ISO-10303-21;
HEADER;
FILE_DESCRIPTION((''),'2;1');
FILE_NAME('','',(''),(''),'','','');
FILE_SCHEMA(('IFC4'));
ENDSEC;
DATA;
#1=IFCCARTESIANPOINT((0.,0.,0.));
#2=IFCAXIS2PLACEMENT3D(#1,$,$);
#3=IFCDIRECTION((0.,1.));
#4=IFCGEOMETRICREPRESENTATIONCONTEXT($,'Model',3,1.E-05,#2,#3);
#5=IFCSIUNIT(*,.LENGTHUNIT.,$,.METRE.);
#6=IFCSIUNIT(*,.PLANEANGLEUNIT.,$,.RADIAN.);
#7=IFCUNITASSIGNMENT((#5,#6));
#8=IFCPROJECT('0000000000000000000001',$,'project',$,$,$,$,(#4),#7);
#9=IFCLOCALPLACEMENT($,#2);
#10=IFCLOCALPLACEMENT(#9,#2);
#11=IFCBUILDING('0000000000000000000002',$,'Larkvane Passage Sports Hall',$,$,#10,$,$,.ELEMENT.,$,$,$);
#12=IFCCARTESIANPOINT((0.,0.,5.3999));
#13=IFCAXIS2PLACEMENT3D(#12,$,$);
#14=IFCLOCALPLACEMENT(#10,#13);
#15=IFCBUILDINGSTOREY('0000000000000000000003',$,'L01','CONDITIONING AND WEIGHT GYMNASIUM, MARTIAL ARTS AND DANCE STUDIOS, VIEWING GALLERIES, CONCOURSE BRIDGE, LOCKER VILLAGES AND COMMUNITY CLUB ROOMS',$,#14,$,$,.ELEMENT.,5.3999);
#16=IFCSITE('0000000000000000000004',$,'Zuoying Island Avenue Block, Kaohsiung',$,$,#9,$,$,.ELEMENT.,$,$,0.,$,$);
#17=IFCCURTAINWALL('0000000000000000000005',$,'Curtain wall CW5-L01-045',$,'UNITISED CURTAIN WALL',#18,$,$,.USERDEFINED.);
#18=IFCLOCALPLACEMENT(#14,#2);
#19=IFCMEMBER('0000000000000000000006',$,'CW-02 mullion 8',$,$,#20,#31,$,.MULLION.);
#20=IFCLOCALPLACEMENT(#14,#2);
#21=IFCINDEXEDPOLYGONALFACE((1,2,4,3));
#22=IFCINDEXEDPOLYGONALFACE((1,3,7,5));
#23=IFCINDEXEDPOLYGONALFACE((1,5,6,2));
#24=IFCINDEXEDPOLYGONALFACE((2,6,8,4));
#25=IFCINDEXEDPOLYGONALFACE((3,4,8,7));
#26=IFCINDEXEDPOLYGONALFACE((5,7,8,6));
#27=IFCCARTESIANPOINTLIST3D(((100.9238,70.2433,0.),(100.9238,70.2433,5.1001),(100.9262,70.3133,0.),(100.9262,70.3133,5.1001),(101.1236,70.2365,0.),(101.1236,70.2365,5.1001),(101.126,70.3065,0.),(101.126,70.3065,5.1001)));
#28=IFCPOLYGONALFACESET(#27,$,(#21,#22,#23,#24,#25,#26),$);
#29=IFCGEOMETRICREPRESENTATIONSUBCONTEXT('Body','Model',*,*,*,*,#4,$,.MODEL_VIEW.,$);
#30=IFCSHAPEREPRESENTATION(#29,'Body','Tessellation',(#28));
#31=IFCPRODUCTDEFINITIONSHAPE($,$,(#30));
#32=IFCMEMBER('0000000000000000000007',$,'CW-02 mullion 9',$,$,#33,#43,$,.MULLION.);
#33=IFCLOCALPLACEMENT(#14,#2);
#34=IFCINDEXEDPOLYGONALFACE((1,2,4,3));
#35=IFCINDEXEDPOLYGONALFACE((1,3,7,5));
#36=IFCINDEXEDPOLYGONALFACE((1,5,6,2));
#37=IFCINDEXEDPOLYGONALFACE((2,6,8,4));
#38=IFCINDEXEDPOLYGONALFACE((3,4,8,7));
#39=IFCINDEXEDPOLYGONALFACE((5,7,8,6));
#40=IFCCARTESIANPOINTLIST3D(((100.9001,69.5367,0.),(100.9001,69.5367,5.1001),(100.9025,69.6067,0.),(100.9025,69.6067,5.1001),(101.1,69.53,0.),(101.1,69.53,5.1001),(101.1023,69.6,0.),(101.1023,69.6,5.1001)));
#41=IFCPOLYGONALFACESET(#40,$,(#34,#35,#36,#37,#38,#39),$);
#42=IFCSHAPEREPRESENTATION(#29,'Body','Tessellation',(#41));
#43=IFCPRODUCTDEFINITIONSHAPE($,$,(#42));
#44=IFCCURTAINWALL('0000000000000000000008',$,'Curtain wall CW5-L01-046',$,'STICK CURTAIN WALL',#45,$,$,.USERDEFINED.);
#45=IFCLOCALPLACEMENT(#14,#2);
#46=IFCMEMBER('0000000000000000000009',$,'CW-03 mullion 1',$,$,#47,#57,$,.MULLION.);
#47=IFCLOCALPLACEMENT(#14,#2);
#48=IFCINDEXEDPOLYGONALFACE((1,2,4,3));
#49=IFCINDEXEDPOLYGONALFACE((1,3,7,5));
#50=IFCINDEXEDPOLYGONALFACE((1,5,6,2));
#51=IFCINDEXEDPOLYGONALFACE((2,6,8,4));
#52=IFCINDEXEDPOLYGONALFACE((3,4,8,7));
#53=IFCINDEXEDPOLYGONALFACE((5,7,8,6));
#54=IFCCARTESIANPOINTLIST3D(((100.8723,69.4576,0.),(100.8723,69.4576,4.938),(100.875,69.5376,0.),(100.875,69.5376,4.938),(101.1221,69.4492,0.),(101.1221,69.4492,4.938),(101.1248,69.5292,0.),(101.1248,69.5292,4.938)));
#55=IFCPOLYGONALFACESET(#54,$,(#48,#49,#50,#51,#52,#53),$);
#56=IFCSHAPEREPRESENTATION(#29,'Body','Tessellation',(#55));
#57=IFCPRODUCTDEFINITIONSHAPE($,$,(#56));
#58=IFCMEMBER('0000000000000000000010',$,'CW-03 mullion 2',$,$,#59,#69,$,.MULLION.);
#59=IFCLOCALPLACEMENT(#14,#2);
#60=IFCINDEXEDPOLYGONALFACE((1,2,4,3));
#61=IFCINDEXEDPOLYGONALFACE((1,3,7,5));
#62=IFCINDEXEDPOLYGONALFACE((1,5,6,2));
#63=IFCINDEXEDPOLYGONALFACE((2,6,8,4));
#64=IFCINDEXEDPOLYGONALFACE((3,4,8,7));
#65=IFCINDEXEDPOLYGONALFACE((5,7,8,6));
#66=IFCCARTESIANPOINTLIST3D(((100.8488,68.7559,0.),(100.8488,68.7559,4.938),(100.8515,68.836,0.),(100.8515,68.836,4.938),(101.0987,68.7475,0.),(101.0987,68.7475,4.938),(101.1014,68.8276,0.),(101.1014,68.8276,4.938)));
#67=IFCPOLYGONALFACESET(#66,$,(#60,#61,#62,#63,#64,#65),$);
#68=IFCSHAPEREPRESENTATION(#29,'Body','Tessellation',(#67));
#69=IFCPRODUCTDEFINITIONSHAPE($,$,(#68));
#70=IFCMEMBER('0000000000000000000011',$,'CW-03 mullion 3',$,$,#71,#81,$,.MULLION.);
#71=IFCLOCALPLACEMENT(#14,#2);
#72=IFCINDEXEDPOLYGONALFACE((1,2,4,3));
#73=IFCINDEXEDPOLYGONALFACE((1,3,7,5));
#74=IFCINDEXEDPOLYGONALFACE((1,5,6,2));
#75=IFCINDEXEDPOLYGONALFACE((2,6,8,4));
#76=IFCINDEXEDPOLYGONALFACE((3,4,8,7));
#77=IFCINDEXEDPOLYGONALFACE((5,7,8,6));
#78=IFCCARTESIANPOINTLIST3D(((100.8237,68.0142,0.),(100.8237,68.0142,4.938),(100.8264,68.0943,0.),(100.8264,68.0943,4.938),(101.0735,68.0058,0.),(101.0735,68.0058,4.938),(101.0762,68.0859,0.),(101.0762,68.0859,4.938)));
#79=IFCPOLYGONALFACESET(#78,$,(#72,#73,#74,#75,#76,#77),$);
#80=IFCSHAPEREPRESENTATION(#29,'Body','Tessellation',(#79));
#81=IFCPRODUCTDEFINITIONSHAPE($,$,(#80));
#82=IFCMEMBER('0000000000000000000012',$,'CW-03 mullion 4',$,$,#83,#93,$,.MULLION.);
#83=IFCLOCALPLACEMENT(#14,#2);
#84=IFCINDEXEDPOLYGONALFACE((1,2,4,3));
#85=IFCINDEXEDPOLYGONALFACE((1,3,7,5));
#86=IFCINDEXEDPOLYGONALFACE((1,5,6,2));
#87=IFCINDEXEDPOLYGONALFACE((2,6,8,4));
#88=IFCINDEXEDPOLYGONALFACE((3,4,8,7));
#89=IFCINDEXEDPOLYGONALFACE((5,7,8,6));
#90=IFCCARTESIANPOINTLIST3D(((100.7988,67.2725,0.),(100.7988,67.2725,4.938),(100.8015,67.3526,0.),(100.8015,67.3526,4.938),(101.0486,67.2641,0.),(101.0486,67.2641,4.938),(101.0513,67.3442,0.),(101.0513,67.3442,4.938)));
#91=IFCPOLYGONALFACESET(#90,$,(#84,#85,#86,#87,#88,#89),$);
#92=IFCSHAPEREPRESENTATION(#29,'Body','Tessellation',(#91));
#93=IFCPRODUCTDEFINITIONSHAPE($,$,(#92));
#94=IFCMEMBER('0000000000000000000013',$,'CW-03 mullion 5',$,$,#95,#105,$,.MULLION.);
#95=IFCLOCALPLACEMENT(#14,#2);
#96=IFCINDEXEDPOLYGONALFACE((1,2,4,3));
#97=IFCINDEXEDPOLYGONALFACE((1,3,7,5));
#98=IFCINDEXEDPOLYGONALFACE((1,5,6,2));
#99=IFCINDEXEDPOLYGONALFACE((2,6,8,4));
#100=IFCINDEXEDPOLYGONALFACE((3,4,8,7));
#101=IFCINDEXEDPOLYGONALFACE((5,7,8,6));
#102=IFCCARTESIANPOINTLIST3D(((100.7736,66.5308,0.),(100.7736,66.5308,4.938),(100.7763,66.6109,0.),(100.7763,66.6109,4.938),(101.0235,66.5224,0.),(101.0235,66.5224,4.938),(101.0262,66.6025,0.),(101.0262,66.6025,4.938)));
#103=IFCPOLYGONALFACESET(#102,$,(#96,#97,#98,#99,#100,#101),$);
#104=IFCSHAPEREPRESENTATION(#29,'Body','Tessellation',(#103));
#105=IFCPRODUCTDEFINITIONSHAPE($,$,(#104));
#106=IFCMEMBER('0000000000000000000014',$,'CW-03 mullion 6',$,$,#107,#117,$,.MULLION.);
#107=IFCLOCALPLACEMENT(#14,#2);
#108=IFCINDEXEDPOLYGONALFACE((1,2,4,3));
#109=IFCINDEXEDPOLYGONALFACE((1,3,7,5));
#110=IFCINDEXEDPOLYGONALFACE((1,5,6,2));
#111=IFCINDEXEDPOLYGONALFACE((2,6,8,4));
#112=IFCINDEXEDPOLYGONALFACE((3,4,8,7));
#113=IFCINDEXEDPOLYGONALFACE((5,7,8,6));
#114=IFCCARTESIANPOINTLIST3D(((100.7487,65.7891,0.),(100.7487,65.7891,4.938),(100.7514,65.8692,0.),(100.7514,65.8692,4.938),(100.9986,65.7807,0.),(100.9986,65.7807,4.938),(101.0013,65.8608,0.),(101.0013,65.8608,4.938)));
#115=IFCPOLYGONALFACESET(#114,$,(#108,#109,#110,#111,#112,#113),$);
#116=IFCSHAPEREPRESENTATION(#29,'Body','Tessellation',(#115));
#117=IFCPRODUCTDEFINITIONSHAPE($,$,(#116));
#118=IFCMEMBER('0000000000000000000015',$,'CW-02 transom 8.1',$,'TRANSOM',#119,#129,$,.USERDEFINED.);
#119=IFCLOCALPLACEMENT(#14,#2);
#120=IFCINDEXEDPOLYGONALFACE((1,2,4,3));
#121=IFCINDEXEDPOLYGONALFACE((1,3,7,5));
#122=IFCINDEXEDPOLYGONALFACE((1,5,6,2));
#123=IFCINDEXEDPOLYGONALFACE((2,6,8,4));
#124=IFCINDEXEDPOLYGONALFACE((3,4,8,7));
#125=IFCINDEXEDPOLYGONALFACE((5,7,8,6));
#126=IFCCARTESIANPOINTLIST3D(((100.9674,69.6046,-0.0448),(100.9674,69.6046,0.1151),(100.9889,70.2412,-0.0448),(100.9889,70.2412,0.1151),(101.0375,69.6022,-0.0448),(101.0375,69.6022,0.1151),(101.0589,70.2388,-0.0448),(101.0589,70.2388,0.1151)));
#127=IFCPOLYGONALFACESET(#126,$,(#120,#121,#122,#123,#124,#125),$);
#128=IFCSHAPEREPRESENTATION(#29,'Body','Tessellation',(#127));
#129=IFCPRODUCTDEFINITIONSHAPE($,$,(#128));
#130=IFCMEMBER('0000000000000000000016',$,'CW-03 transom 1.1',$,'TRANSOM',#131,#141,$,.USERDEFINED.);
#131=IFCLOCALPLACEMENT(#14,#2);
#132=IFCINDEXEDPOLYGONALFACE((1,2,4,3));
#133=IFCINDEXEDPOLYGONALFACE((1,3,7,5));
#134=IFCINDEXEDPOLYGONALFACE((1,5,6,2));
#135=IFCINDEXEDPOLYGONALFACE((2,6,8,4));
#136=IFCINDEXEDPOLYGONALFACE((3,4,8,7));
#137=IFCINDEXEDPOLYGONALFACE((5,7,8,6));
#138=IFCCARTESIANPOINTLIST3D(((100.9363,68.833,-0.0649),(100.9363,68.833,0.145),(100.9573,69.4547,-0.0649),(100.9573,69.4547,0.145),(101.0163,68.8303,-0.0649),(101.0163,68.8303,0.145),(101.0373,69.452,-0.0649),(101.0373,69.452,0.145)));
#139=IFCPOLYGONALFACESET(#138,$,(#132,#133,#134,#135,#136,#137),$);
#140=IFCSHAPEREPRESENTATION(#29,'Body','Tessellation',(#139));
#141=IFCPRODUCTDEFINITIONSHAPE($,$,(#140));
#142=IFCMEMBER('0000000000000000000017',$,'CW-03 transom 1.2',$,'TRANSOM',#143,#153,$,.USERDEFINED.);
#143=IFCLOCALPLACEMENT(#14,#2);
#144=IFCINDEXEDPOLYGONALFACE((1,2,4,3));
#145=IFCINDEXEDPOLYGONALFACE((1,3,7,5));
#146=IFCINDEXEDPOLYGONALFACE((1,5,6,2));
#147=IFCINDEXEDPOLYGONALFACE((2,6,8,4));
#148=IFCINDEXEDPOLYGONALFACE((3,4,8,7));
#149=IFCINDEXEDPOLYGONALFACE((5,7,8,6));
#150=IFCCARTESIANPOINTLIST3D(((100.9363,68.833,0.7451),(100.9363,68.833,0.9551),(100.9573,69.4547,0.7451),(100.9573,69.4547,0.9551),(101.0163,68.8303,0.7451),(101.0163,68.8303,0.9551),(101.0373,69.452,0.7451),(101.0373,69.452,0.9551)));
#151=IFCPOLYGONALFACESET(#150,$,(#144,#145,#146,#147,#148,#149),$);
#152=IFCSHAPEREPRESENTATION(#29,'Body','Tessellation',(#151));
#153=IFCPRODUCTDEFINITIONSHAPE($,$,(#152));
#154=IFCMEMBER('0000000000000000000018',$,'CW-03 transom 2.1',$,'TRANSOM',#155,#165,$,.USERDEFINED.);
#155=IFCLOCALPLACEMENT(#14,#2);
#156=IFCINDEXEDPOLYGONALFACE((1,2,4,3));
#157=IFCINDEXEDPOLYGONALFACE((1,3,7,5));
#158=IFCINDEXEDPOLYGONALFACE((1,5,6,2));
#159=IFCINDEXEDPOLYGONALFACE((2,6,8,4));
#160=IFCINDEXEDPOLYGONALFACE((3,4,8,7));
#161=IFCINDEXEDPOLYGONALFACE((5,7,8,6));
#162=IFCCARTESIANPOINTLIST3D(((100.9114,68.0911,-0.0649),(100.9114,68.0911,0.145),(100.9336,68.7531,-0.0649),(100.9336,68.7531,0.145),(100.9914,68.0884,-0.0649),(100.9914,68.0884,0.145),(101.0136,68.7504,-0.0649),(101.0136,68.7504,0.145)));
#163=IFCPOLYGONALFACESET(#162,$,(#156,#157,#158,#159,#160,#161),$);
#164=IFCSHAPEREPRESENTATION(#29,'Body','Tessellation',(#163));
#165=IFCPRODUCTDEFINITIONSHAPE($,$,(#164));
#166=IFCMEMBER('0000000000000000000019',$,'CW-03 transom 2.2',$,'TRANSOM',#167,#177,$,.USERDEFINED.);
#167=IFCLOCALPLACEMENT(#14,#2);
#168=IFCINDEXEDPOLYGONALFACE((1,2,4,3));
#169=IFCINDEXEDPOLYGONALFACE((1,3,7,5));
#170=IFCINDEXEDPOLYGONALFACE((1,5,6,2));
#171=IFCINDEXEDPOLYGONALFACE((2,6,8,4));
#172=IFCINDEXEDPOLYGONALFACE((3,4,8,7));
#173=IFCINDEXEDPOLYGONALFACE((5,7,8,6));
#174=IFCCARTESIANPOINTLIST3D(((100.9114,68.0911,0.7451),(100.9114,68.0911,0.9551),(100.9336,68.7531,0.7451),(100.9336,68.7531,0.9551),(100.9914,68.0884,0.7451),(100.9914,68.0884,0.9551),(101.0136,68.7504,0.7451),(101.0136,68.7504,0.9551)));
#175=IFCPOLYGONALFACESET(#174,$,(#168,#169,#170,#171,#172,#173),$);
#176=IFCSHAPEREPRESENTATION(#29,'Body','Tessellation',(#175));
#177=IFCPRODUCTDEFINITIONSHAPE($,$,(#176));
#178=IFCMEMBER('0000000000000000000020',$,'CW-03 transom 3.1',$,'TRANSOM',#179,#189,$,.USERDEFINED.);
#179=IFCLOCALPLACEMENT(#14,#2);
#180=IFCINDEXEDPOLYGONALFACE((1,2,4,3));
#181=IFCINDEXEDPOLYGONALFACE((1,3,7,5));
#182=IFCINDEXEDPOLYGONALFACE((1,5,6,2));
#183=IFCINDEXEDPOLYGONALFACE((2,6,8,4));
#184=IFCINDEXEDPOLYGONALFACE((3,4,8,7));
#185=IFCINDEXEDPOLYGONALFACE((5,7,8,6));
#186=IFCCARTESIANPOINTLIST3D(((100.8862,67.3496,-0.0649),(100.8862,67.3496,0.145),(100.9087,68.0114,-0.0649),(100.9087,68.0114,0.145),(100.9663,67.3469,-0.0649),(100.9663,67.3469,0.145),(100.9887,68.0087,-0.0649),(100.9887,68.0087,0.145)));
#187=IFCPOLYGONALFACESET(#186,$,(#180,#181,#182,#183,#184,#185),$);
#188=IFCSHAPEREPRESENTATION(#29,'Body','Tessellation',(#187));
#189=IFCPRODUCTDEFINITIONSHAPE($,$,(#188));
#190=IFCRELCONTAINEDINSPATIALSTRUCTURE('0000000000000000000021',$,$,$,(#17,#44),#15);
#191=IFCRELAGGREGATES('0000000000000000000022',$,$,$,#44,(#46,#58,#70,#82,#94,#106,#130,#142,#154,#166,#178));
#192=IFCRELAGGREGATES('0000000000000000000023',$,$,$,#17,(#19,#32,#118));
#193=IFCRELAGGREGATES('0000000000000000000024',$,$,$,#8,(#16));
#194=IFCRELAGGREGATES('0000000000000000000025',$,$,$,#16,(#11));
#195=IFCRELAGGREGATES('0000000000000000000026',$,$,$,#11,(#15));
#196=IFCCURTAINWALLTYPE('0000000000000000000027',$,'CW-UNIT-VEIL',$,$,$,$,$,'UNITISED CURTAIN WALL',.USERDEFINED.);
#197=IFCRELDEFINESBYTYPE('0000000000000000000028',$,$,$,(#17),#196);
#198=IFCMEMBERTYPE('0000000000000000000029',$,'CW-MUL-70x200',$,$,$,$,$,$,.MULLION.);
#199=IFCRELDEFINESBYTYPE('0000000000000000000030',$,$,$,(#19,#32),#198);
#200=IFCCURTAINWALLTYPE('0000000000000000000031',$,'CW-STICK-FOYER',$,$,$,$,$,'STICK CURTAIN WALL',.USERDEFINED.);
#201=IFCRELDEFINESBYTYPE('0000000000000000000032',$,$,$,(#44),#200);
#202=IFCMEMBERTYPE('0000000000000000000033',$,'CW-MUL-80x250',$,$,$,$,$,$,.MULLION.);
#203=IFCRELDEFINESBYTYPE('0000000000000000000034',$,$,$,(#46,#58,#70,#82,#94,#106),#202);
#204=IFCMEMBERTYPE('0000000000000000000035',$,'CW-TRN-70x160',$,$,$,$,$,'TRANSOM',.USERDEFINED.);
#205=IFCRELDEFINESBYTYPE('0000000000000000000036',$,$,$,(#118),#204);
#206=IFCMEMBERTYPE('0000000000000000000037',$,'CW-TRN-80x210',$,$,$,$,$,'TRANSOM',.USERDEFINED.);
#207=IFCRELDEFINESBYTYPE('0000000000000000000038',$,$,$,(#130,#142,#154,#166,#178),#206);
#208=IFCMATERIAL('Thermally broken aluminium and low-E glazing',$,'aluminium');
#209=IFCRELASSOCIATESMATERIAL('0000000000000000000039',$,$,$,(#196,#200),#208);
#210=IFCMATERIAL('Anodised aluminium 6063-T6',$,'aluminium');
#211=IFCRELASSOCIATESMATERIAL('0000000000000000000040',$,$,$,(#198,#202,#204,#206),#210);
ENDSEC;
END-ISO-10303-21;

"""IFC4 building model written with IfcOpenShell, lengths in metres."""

from ifc_helpers import new_model, si_unit, direction, frame, origin, origin_2d, place, context, subcontext, project, spatial, rectangle, extrude, material, material_profile, profile_set, type_object, element, aggregate, save


model = new_model("IFC4")

# Units and contexts
model_context = context("Model", 3, precision=1e-05, world=origin(), true_north=direction((0.0, 1.0)))
body_context = subcontext(model_context, "Body", "Model", "MODEL_VIEW")
ifc_project = project(units=[si_unit("LENGTHUNIT", "METRE"), si_unit("PLANEANGLEUNIT", "RADIAN")], contexts=[model_context])

# Site, building, storey
site_placement = place(None, origin())
site = spatial("IfcSite", under=ifc_project, at=site_placement, Name="Zuoying Island Avenue Block, Kaohsiung", CompositionType="ELEMENT", RefElevation=0.0)
building_placement = place(site_placement, origin())
building = spatial("IfcBuilding", under=site, at=building_placement, Name="Larkvane Passage Sports Hall", CompositionType="ELEMENT")
storey_placement = place(building_placement, frame((0.0, 0.0, 5.3999)))
storey = spatial("IfcBuildingStorey", under=building, at=storey_placement, Name="L01", Description="CONDITIONING AND WEIGHT GYMNASIUM, MARTIAL ARTS AND DANCE STUDIOS, VIEWING GALLERIES, CONCOURSE BRIDGE, LOCKER VILLAGES AND COMMUNITY CLUB ROOMS", CompositionType="ELEMENT", Elevation=5.3999)

# Curtain walls, members
ifc_material_1 = material(Name="Thermally broken aluminium and low-E glazing", Category="aluminium")
curtain_wall_type_1 = type_object("IfcCurtainWallType", Name="CW-UNIT-VEIL", ElementType="UNITISED CURTAIN WALL", PredefinedType="USERDEFINED", material=ifc_material_1)
curtain_wall_1_placement = place(storey_placement, origin())
curtain_wall_1 = element("IfcCurtainWall", 1, at=curtain_wall_1_placement, inside=storey, type_object=curtain_wall_type_1, Name="Curtain wall CW5-L01-045", ObjectType="UNITISED CURTAIN WALL", PredefinedType="USERDEFINED")
ifc_material_2 = material(Name="Anodised aluminium 6063-T6", Category="aluminium")
ifc_material_profile_1 = material_profile(ifc_material_2, rectangle(XDim=0.0701, YDim=0.2, at=origin_2d()), Name="ALU-MUL-70x200")
ifc_profile_set_1 = profile_set([ifc_material_profile_1], Name="Anodised aluminium 6063-T6")
member_type_1 = type_object("IfcMemberType", Name="CW-MUL-70x200", PredefinedType="MULLION", material=ifc_profile_set_1)
member_1_placement = place(storey_placement, frame((101.0249, 70.2749, 0.0), z_axis=(0.0, 0.0, 1.0), x_axis=(-0.033688, -0.999432, 0.0)))
member_1 = element("IfcMember", 2, at=member_1_placement, type_object=member_type_1, Name="CW-02 mullion 8", PredefinedType="MULLION", context=body_context, shape_type="SweptSolid", body=[
    extrude(rectangle(XDim=0.0701, YDim=0.2, at=origin_2d()), origin(), (0.0, 0.0, 1.0), 5.1001),
])
member_2_placement = place(storey_placement, frame((101.0012, 69.5684, 0.0), z_axis=(0.0, 0.0, 1.0), x_axis=(-0.033688, -0.999432, 0.0)))
member_2 = element("IfcMember", 3, at=member_2_placement, type_object=member_type_1, Name="CW-02 mullion 9", PredefinedType="MULLION", context=body_context, shape_type="SweptSolid", body=[
    extrude(rectangle(XDim=0.0701, YDim=0.2, at=origin_2d()), origin(), (0.0, 0.0, 1.0), 5.1001),
])
curtain_wall_type_2 = type_object("IfcCurtainWallType", Name="CW-STICK-FOYER", ElementType="STICK CURTAIN WALL", PredefinedType="USERDEFINED", material=ifc_material_1)
curtain_wall_2_placement = place(storey_placement, origin())
curtain_wall_2 = element("IfcCurtainWall", 4, at=curtain_wall_2_placement, inside=storey, type_object=curtain_wall_type_2, Name="Curtain wall CW5-L01-046", ObjectType="STICK CURTAIN WALL", PredefinedType="USERDEFINED")
ifc_material_profile_2 = material_profile(ifc_material_2, rectangle(XDim=0.0801, YDim=0.25, at=origin_2d()), Name="ALU-MUL-80x250")
ifc_profile_set_2 = profile_set([ifc_material_profile_2], Name="Anodised aluminium 6063-T6")
member_type_2 = type_object("IfcMemberType", Name="CW-MUL-80x250", PredefinedType="MULLION", material=ifc_profile_set_2)
member_3_placement = place(storey_placement, frame((100.9985, 69.4934, 0.0), z_axis=(0.0, 0.0, 1.0), x_axis=(-0.033689, -0.999432, 0.0)))
member_3 = element("IfcMember", 5, at=member_3_placement, type_object=member_type_2, Name="CW-03 mullion 1", PredefinedType="MULLION", context=body_context, shape_type="SweptSolid", body=[
    extrude(rectangle(XDim=0.0801, YDim=0.25, at=origin_2d()), origin(), (0.0, 0.0, 1.0), 4.938),
])
member_4_placement = place(storey_placement, frame((100.9751, 68.7917, 0.0), z_axis=(0.0, 0.0, 1.0), x_axis=(-0.033689, -0.999432, 0.0)))
member_4 = element("IfcMember", 6, at=member_4_placement, type_object=member_type_2, Name="CW-03 mullion 2", PredefinedType="MULLION", context=body_context, shape_type="SweptSolid", body=[
    extrude(rectangle(XDim=0.0801, YDim=0.25, at=origin_2d()), origin(), (0.0, 0.0, 1.0), 4.938),
])
member_5_placement = place(storey_placement, frame((100.95, 68.05, 0.0), z_axis=(0.0, 0.0, 1.0), x_axis=(-0.033689, -0.999432, 0.0)))
member_5 = element("IfcMember", 7, at=member_5_placement, type_object=member_type_2, Name="CW-03 mullion 3", PredefinedType="MULLION", context=body_context, shape_type="SweptSolid", body=[
    extrude(rectangle(XDim=0.0801, YDim=0.25, at=origin_2d()), origin(), (0.0, 0.0, 1.0), 4.938),
])
member_6_placement = place(storey_placement, frame((100.925, 67.3083, 0.0), z_axis=(0.0, 0.0, 1.0), x_axis=(-0.033689, -0.999432, 0.0)))
member_6 = element("IfcMember", 8, at=member_6_placement, type_object=member_type_2, Name="CW-03 mullion 4", PredefinedType="MULLION", context=body_context, shape_type="SweptSolid", body=[
    extrude(rectangle(XDim=0.0801, YDim=0.25, at=origin_2d()), origin(), (0.0, 0.0, 1.0), 4.938),
])
member_7_placement = place(storey_placement, frame((100.8999, 66.5667, 0.0), z_axis=(0.0, 0.0, 1.0), x_axis=(-0.033689, -0.999432, 0.0)))
member_7 = element("IfcMember", 9, at=member_7_placement, type_object=member_type_2, Name="CW-03 mullion 5", PredefinedType="MULLION", context=body_context, shape_type="SweptSolid", body=[
    extrude(rectangle(XDim=0.0801, YDim=0.25, at=origin_2d()), origin(), (0.0, 0.0, 1.0), 4.938),
])
member_8_placement = place(storey_placement, frame((100.875, 65.825, 0.0), z_axis=(0.0, 0.0, 1.0), x_axis=(-0.033689, -0.999432, 0.0)))
member_8 = element("IfcMember", 10, at=member_8_placement, type_object=member_type_2, Name="CW-03 mullion 6", PredefinedType="MULLION", context=body_context, shape_type="SweptSolid", body=[
    extrude(rectangle(XDim=0.0801, YDim=0.25, at=origin_2d()), origin(), (0.0, 0.0, 1.0), 4.938),
])

# Members
ifc_material_profile_3 = material_profile(ifc_material_2, rectangle(XDim=0.0701, YDim=0.1599, at=origin_2d()), Name="ALU-TRN-70x160")
ifc_profile_set_3 = profile_set([ifc_material_profile_3], Name="Anodised aluminium 6063-T6")
member_type_3 = type_object("IfcMemberType", Name="CW-TRN-70x160", ElementType="TRANSOM", PredefinedType="USERDEFINED", material=ifc_profile_set_3)
member_9_placement = place(storey_placement, frame((101.0239, 70.24, 0.0352), z_axis=(-0.033723, -0.999431, 0.0), x_axis=(0.999431, -0.033723, 0.0)))
member_9 = element("IfcMember", 11, at=member_9_placement, type_object=member_type_3, Name="CW-02 transom 8.1", ObjectType="TRANSOM", PredefinedType="USERDEFINED", context=body_context, shape_type="SweptSolid", body=[
    extrude(rectangle(XDim=0.0701, YDim=0.1599, at=origin_2d()), origin(), (0.0, 0.0, 1.0), 0.637),
])
ifc_material_profile_4 = material_profile(ifc_material_2, rectangle(XDim=0.0801, YDim=0.21, at=origin_2d()), Name="ALU-TRN-80x210")
ifc_profile_set_4 = profile_set([ifc_material_profile_4], Name="Anodised aluminium 6063-T6")
member_type_4 = type_object("IfcMemberType", Name="CW-TRN-80x210", ElementType="TRANSOM", PredefinedType="USERDEFINED", material=ifc_profile_set_4)
member_10_placement = place(storey_placement, frame((100.9973, 69.4534, 0.04), z_axis=(-0.033746, -0.99943, 0.0), x_axis=(0.99943, -0.033746, 0.0)))
member_10 = element("IfcMember", 12, at=member_10_placement, type_object=member_type_4, Name="CW-03 transom 1.1", ObjectType="TRANSOM", PredefinedType="USERDEFINED", context=body_context, shape_type="SweptSolid", body=[
    extrude(rectangle(XDim=0.0801, YDim=0.21, at=origin_2d()), origin(), (0.0, 0.0, 1.0), 0.6221),
])
member_11_placement = place(storey_placement, frame((100.9973, 69.4534, 0.8501), z_axis=(-0.033746, -0.99943, 0.0), x_axis=(0.99943, -0.033746, 0.0)))
member_11 = element("IfcMember", 13, at=member_11_placement, type_object=member_type_4, Name="CW-03 transom 1.2", ObjectType="TRANSOM", PredefinedType="USERDEFINED", context=body_context, shape_type="SweptSolid", body=[
    extrude(rectangle(XDim=0.0801, YDim=0.21, at=origin_2d()), origin(), (0.0, 0.0, 1.0), 0.6221),
])
member_12_placement = place(storey_placement, frame((100.9736, 68.7517, 0.04), z_axis=(-0.033548, -0.999437, 0.0), x_axis=(0.999437, -0.033548, 0.0)))
member_12 = element("IfcMember", 14, at=member_12_placement, type_object=member_type_4, Name="CW-03 transom 2.1", ObjectType="TRANSOM", PredefinedType="USERDEFINED", context=body_context, shape_type="SweptSolid", body=[
    extrude(rectangle(XDim=0.0801, YDim=0.21, at=origin_2d()), origin(), (0.0, 0.0, 1.0), 0.6624),
])
member_13_placement = place(storey_placement, frame((100.9736, 68.7517, 0.8501), z_axis=(-0.033548, -0.999437, 0.0), x_axis=(0.999437, -0.033548, 0.0)))
member_13 = element("IfcMember", 15, at=member_13_placement, type_object=member_type_4, Name="CW-03 transom 2.2", ObjectType="TRANSOM", PredefinedType="USERDEFINED", context=body_context, shape_type="SweptSolid", body=[
    extrude(rectangle(XDim=0.0801, YDim=0.21, at=origin_2d()), origin(), (0.0, 0.0, 1.0), 0.6624),
])
member_14_placement = place(storey_placement, frame((100.9487, 68.01, 0.04), z_axis=(-0.033929, -0.999424, 0.0), x_axis=(0.999424, -0.033929, 0.0)))
member_14 = element("IfcMember", 16, at=member_14_placement, type_object=member_type_4, Name="CW-03 transom 3.1", ObjectType="TRANSOM", PredefinedType="USERDEFINED", context=body_context, shape_type="SweptSolid", body=[
    extrude(rectangle(XDim=0.0801, YDim=0.21, at=origin_2d()), origin(), (0.0, 0.0, 1.0), 0.6621),
])

aggregate(curtain_wall_2, [member_3, member_4, member_5, member_6, member_7, member_8, member_10, member_11, member_12, member_13, member_14])
aggregate(curtain_wall_1, [member_1, member_2, member_9])

save(model, "model.ifc")
